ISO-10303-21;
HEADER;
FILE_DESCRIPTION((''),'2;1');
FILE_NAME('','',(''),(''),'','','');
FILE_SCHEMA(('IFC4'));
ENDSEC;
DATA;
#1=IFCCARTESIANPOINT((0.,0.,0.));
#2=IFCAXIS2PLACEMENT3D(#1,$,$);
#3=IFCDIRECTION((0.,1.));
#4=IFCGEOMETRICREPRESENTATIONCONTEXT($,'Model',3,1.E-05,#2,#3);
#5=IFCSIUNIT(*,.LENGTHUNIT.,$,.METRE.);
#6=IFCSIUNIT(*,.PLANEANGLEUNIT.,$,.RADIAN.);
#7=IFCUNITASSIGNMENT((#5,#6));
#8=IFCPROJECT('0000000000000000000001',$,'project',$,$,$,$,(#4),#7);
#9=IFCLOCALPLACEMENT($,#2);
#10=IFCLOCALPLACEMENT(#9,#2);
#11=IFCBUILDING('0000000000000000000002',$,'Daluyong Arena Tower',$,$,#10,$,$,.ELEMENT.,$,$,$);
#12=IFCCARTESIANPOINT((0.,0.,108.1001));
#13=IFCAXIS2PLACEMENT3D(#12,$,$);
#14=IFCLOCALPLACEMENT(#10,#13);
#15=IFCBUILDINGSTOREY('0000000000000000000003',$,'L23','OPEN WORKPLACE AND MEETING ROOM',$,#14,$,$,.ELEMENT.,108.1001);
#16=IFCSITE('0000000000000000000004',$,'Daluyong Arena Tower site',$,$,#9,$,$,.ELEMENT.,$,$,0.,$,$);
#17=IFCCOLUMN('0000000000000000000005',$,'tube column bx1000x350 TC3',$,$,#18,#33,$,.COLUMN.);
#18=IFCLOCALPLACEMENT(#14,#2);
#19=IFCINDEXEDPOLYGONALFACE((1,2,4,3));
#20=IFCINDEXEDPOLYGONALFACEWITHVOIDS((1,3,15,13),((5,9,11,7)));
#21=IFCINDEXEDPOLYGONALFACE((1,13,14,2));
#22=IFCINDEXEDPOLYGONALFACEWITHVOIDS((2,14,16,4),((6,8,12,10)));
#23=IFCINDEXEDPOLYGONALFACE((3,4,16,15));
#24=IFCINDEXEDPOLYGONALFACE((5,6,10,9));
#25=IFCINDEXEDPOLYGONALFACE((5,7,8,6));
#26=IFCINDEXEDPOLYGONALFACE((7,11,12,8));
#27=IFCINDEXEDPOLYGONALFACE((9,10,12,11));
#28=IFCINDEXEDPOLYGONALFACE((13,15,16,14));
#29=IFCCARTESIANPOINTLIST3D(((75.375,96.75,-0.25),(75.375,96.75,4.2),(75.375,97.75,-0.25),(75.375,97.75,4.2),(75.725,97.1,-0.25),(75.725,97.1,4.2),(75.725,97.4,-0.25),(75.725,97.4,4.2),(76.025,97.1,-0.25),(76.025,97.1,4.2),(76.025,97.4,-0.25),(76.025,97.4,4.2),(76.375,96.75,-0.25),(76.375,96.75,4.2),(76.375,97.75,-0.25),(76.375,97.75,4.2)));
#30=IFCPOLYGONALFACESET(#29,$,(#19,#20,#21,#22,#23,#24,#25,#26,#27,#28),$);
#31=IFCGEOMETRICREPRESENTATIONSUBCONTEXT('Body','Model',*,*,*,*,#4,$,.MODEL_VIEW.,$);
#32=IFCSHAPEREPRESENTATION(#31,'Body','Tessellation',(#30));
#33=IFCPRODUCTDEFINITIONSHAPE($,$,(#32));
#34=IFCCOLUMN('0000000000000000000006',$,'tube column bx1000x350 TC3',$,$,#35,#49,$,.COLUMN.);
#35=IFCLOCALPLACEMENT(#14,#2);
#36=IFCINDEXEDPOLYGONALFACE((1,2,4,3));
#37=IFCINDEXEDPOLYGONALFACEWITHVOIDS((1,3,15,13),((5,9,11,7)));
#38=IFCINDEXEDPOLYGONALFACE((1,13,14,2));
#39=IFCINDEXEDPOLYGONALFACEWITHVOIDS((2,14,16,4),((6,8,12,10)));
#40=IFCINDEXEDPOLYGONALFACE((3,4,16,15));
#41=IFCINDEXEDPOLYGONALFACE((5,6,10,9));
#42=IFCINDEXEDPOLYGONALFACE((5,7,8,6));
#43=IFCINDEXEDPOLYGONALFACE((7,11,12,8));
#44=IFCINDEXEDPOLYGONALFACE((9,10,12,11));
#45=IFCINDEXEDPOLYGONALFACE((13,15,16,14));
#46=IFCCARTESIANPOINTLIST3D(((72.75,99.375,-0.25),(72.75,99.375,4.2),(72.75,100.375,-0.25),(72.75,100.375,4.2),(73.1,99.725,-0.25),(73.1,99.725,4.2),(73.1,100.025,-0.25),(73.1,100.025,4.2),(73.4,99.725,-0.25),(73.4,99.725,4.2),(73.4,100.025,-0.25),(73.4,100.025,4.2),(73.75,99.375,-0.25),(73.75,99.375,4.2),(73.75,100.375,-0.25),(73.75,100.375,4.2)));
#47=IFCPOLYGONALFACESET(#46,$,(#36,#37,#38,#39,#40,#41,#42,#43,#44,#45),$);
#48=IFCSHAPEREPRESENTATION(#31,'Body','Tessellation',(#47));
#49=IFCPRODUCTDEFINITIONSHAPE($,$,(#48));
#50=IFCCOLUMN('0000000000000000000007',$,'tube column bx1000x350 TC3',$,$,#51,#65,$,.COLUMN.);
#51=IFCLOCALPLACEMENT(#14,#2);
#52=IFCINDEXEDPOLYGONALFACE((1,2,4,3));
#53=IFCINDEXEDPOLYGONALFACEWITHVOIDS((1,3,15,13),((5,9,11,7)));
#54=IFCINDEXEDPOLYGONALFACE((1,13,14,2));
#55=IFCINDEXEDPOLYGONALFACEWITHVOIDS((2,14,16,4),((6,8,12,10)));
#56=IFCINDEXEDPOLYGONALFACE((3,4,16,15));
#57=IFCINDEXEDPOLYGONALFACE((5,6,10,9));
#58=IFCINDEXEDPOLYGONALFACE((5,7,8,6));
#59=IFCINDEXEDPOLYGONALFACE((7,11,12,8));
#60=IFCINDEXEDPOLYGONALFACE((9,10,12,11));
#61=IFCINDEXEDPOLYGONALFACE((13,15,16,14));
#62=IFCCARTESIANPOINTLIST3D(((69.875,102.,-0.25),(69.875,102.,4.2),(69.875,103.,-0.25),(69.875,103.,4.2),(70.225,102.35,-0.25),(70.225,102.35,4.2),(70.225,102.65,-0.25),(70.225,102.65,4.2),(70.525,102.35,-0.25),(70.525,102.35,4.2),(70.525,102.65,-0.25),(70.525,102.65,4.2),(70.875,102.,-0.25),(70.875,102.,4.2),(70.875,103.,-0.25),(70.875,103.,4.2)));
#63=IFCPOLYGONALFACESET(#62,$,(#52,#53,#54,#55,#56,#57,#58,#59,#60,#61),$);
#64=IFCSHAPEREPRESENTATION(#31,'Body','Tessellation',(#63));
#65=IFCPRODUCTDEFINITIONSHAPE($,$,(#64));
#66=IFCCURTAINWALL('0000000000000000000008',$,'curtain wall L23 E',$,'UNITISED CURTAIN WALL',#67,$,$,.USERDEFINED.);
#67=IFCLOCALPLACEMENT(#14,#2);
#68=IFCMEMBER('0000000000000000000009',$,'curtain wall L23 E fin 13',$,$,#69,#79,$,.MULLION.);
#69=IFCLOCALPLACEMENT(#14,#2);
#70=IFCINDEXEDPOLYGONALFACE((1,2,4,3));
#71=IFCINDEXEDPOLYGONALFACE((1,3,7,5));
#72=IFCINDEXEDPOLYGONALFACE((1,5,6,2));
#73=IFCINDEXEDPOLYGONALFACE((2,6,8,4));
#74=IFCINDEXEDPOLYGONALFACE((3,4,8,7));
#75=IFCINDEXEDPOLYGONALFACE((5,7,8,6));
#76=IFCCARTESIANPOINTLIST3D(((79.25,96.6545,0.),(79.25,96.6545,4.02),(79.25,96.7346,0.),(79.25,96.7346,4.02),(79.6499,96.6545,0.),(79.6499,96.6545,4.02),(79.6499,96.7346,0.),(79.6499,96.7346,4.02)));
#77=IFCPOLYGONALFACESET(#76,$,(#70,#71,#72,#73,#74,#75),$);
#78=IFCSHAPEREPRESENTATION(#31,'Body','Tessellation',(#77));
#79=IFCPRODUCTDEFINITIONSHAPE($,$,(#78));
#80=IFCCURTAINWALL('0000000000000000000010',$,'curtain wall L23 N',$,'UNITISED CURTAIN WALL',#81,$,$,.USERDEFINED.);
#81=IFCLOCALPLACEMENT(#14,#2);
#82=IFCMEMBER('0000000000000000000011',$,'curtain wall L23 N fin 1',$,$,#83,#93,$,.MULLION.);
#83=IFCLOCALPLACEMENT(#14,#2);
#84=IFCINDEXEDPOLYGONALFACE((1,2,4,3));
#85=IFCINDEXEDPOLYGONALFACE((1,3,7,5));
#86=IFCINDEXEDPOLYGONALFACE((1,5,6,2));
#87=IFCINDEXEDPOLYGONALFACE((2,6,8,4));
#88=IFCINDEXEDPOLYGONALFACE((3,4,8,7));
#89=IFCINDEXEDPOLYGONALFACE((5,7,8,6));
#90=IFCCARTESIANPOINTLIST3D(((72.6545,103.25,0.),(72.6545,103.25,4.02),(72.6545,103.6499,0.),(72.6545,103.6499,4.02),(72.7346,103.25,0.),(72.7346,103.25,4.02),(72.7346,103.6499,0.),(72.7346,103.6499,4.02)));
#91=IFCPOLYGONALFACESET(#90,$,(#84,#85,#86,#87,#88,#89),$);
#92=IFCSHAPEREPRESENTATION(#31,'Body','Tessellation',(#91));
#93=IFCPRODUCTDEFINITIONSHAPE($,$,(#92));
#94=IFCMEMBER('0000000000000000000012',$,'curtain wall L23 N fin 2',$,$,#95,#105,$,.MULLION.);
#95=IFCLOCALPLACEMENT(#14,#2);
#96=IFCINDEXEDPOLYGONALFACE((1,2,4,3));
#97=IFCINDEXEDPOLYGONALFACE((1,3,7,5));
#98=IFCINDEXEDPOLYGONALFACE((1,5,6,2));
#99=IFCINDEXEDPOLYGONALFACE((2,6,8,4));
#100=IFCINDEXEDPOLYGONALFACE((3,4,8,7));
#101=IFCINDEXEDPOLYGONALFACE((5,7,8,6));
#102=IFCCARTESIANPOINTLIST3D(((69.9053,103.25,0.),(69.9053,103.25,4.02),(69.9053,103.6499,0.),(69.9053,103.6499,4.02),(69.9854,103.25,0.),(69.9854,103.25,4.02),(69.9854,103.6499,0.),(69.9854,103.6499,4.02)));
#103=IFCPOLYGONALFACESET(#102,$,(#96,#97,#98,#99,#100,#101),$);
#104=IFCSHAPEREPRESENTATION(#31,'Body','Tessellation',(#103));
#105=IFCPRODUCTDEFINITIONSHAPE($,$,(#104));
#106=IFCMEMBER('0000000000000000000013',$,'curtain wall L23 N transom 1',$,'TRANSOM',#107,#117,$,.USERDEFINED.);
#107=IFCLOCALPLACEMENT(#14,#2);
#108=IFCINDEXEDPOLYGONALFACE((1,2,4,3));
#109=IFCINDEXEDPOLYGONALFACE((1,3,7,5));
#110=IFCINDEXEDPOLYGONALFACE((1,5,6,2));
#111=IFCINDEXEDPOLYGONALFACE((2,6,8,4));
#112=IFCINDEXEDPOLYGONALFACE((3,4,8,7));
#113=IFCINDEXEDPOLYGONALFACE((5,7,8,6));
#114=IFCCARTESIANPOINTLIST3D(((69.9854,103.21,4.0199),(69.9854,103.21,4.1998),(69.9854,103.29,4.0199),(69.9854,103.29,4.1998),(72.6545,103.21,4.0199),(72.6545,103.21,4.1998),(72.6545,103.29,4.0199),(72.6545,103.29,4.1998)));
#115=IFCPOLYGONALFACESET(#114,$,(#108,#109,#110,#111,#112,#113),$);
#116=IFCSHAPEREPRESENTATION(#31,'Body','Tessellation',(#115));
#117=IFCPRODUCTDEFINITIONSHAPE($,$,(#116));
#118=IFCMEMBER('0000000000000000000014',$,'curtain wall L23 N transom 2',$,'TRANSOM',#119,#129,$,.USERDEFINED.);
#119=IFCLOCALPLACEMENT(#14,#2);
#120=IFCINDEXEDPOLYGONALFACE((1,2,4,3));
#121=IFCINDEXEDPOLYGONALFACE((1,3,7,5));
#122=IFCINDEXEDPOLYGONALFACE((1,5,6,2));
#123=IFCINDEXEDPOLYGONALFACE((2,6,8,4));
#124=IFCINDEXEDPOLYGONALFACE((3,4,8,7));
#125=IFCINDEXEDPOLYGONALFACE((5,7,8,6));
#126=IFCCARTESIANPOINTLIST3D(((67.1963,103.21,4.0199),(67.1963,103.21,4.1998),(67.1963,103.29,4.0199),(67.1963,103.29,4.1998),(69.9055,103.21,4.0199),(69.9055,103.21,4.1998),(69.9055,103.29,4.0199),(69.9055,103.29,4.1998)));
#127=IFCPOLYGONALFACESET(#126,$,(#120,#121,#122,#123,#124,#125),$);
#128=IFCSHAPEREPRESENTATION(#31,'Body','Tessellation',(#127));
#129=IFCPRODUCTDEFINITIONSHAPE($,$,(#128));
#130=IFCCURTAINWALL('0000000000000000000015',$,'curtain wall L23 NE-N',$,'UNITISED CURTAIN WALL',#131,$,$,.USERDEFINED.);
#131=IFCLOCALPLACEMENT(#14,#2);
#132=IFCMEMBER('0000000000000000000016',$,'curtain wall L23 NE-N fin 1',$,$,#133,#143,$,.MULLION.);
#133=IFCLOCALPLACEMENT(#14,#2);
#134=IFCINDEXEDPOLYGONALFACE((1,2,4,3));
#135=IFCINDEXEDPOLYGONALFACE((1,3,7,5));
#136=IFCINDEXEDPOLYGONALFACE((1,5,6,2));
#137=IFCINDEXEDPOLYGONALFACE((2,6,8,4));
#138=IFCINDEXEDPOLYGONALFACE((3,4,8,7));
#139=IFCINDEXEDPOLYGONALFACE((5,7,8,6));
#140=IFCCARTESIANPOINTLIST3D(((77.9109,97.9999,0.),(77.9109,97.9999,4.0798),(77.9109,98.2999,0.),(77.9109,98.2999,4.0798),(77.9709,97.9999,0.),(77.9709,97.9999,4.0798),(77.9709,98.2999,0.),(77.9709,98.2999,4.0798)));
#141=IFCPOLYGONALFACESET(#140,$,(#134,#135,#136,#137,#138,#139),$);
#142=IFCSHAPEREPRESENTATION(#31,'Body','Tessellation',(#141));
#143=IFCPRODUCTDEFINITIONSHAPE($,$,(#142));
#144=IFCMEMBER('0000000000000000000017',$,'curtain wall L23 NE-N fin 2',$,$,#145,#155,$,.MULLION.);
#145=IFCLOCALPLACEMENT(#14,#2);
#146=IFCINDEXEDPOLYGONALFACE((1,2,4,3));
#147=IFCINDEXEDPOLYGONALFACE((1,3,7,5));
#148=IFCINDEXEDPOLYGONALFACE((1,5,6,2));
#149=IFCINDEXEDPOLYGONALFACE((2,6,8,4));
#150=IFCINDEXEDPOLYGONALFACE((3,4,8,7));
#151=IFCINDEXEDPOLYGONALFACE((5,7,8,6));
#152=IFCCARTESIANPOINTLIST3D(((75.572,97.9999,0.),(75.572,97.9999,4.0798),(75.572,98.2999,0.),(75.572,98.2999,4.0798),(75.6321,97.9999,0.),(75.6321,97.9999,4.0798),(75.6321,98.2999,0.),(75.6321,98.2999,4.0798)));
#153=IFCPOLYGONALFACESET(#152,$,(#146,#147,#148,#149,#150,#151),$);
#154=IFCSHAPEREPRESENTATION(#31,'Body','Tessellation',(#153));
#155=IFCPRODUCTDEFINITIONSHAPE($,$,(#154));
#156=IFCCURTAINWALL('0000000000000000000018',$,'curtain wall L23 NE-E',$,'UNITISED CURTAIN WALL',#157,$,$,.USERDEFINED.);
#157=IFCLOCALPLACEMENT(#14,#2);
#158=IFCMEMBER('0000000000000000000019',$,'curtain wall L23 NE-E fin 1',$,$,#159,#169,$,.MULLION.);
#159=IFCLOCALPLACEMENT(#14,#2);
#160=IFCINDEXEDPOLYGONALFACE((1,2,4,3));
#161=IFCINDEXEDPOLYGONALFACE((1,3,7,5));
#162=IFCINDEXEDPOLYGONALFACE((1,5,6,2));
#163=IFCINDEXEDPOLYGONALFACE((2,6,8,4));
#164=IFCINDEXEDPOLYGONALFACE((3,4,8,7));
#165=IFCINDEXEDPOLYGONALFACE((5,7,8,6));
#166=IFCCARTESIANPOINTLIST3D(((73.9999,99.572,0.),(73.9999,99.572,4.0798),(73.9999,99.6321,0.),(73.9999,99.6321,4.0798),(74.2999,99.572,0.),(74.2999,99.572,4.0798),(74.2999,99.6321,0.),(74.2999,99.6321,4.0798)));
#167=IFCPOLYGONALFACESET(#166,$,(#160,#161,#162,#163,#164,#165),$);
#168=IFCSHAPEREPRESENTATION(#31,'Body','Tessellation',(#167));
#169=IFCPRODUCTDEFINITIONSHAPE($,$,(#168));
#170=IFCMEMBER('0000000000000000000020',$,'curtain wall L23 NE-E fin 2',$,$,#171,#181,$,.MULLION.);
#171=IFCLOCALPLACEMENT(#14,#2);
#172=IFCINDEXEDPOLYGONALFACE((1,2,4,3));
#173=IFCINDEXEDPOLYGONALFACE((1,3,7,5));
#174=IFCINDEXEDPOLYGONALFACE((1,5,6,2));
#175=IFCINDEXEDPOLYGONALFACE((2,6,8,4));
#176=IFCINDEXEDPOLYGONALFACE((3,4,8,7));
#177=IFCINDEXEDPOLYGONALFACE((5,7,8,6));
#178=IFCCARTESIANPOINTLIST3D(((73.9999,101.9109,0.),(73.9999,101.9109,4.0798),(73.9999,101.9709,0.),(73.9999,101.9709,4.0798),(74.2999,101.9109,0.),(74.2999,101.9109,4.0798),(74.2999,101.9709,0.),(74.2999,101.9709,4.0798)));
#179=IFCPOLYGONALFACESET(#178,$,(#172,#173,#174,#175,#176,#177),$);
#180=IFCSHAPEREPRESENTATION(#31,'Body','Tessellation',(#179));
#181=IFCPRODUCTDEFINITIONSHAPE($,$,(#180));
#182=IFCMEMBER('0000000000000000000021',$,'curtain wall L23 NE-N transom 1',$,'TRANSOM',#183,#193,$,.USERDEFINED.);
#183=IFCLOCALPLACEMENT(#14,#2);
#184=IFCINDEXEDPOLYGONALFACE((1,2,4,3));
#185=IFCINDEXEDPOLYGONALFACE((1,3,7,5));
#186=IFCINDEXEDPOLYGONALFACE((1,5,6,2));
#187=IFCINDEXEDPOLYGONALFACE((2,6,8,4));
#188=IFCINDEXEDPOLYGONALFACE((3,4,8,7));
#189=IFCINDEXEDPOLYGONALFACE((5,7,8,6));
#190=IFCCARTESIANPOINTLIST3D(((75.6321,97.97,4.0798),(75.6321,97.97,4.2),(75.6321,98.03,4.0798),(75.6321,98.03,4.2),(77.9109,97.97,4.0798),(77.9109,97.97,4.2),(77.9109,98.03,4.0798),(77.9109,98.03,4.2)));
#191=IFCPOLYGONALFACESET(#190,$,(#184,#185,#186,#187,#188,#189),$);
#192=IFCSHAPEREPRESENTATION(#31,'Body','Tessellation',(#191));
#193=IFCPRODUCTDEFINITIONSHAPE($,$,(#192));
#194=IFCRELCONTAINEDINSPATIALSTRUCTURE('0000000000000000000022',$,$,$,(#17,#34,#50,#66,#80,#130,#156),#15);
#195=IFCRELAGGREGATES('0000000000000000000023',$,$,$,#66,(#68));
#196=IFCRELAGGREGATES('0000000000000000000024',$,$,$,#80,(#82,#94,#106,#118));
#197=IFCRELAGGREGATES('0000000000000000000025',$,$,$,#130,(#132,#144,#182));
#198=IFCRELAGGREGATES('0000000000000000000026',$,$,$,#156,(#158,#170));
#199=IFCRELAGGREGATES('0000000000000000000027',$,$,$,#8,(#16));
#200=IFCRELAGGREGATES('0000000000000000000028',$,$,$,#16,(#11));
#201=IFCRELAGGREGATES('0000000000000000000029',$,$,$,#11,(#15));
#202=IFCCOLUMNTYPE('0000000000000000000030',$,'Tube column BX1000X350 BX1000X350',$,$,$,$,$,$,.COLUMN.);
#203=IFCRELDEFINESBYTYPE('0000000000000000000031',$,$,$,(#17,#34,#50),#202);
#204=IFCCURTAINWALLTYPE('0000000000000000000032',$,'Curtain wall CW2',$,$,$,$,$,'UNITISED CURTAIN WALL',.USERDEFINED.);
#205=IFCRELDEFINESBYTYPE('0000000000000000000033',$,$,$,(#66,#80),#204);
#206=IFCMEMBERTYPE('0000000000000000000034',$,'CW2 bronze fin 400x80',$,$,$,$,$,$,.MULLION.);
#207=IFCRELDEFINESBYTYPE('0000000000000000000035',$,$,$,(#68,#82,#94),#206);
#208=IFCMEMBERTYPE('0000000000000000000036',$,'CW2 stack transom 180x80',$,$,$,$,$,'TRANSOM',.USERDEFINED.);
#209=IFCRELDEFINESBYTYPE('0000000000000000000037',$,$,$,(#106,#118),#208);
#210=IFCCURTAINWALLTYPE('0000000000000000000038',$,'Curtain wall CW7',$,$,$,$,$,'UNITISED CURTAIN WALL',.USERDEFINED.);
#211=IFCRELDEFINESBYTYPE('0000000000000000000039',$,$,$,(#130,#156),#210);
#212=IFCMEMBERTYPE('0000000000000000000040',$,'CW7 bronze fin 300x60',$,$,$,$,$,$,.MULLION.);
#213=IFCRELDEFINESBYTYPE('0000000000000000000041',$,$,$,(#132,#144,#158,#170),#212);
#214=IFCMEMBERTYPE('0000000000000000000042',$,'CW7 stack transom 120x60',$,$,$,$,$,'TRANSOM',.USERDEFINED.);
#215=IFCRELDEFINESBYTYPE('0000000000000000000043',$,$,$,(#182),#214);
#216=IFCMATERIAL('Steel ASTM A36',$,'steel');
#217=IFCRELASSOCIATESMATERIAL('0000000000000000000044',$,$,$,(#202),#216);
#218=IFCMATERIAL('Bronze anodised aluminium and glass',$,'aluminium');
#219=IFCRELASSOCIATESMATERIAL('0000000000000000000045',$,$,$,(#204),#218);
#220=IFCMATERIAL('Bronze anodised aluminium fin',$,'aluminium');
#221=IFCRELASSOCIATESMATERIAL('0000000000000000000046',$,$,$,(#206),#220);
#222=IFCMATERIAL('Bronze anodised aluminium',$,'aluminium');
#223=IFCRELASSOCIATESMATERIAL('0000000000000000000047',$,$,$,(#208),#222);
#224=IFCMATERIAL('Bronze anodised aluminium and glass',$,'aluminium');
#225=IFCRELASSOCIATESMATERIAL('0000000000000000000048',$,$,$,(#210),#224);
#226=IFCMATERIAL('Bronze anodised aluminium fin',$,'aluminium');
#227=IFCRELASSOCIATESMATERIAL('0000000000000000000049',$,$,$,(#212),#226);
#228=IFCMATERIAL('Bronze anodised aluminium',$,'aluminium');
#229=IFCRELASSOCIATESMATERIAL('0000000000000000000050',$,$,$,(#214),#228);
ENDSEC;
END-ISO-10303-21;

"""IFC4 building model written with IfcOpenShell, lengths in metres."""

from ifc_helpers import new_model, si_unit, direction, frame, origin, origin_2d, place, context, subcontext, project, spatial, rectangle, hollow_rectangle, extrude, material, material_profile, profile_set, type_object, element, aggregate, save


model = new_model("IFC4")

# Units and contexts
model_context = context("Model", 3, precision=1e-05, world=origin(), true_north=direction((0.0, 1.0)))
body_context = subcontext(model_context, "Body", "Model", "MODEL_VIEW")
ifc_project = project(units=[si_unit("LENGTHUNIT", "METRE"), si_unit("PLANEANGLEUNIT", "RADIAN")], contexts=[model_context])

# Site, building, storey
site_placement = place(None, origin())
site = spatial("IfcSite", under=ifc_project, at=site_placement, Name="Daluyong Arena Tower site", CompositionType="ELEMENT", RefElevation=0.0)
building_placement = place(site_placement, origin())
building = spatial("IfcBuilding", under=site, at=building_placement, Name="Daluyong Arena Tower", CompositionType="ELEMENT")
storey_placement = place(building_placement, frame((0.0, 0.0, 108.1001)))
storey = spatial("IfcBuildingStorey", under=building, at=storey_placement, Name="L23", Description="OPEN WORKPLACE AND MEETING ROOM", CompositionType="ELEMENT", Elevation=108.1001)

# Columns
ifc_material_1 = material(Name="Steel ASTM A36", Category="steel")
ifc_material_profile_1 = material_profile(ifc_material_1, hollow_rectangle(XDim=1.0, YDim=1.0, WallThickness=0.35, at=origin_2d()))
ifc_profile_set_1 = profile_set([ifc_material_profile_1], Name="Steel ASTM A36")
column_type_1 = type_object("IfcColumnType", Name="Tube column BX1000X350 BX1000X350", PredefinedType="COLUMN", material=ifc_profile_set_1)
for number, where, z_axis, x_axis, name in (
    (1, (75.875, 97.25, -0.25), (0.0, 0.0, 1.0), (1.0, 0.0, 0.0), "tube column bx1000x350 TC3"),
    (2, (73.25, 99.875, -0.25), (0.0, 0.0, 1.0), (0.0, 1.0, 0.0), "tube column bx1000x350 TC3"),
    (3, (70.375, 102.5, -0.25), (0.0, 0.0, 1.0), (1.0, 0.0, 0.0), "tube column bx1000x350 TC3"),
):
    element("IfcColumn", number, at=place(storey_placement, frame(where, z_axis=z_axis, x_axis=x_axis)), inside=storey, type_object=column_type_1, Name=name, PredefinedType="COLUMN", context=body_context, shape_type="SweptSolid", body=[
        extrude(hollow_rectangle(XDim=1.0, YDim=1.0, WallThickness=0.35, at=origin_2d()), origin(), (0.0, 0.0, 1.0), 4.45),
    ])

# Curtain wall, member
ifc_material_2 = material(Name="Bronze anodised aluminium and glass", Category="aluminium")
curtain_wall_type_1 = type_object("IfcCurtainWallType", Name="Curtain wall CW2", ElementType="UNITISED CURTAIN WALL", PredefinedType="USERDEFINED", material=ifc_material_2)
curtain_wall_1_placement = place(storey_placement, origin())
curtain_wall_1 = element("IfcCurtainWall", 4, at=curtain_wall_1_placement, inside=storey, type_object=curtain_wall_type_1, Name="curtain wall L23 E", ObjectType="UNITISED CURTAIN WALL", PredefinedType="USERDEFINED")
ifc_material_3 = material(Name="Bronze anodised aluminium fin", Category="aluminium")
ifc_material_profile_2 = material_profile(ifc_material_3, rectangle(XDim=0.3999, YDim=0.0801, at=origin_2d()))
ifc_profile_set_2 = profile_set([ifc_material_profile_2], Name="Bronze anodised aluminium fin")
member_type_1 = type_object("IfcMemberType", Name="CW2 bronze fin 400x80", PredefinedType="MULLION", material=ifc_profile_set_2)
member_1_placement = place(storey_placement, frame((79.45, 96.6946, 0.0), z_axis=(0.0, 0.0, 1.0), x_axis=(-1.0, 0.0, 0.0)))
member_1 = element("IfcMember", 5, at=member_1_placement, type_object=member_type_1, Name="curtain wall L23 E fin 13", PredefinedType="MULLION", context=body_context, shape_type="SweptSolid", body=[
    extrude(rectangle(XDim=0.3999, YDim=0.0801, at=origin_2d()), origin(), (0.0, 0.0, 1.0), 4.02),
])
aggregate(curtain_wall_1, [member_1])

# Curtain walls, members
curtain_wall_2_placement = place(storey_placement, origin())
curtain_wall_2 = element("IfcCurtainWall", 6, at=curtain_wall_2_placement, inside=storey, type_object=curtain_wall_type_1, Name="curtain wall L23 N", ObjectType="UNITISED CURTAIN WALL", PredefinedType="USERDEFINED")
member_2_placement = place(storey_placement, frame((72.6946, 103.45, 0.0), z_axis=(0.0, 0.0, 1.0), x_axis=(0.0, -1.0, 0.0)))
member_2 = element("IfcMember", 7, at=member_2_placement, type_object=member_type_1, Name="curtain wall L23 N fin 1", PredefinedType="MULLION", context=body_context, shape_type="SweptSolid", body=[
    extrude(rectangle(XDim=0.3999, YDim=0.0801, at=origin_2d()), origin(), (0.0, 0.0, 1.0), 4.02),
])
member_3_placement = place(storey_placement, frame((69.9453, 103.45, 0.0), z_axis=(0.0, 0.0, 1.0), x_axis=(0.0, -1.0, 0.0)))
member_3 = element("IfcMember", 8, at=member_3_placement, type_object=member_type_1, Name="curtain wall L23 N fin 2", PredefinedType="MULLION", context=body_context, shape_type="SweptSolid", body=[
    extrude(rectangle(XDim=0.3999, YDim=0.0801, at=origin_2d()), origin(), (0.0, 0.0, 1.0), 4.02),
])
ifc_material_4 = material(Name="Bronze anodised aluminium", Category="aluminium")
ifc_material_profile_3 = material_profile(ifc_material_4, rectangle(XDim=0.0801, YDim=0.1799, at=origin_2d()))
ifc_profile_set_3 = profile_set([ifc_material_profile_3], Name="Bronze anodised aluminium")
member_type_2 = type_object("IfcMemberType", Name="CW2 stack transom 180x80", ElementType="TRANSOM", PredefinedType="USERDEFINED", material=ifc_profile_set_3)
member_4_placement = place(storey_placement, frame((72.6545, 103.25, 4.1099), z_axis=(-1.0, 0.0, 0.0), x_axis=(0.0, -1.0, 0.0)))
member_4 = element("IfcMember", 9, at=member_4_placement, type_object=member_type_2, Name="curtain wall L23 N transom 1", ObjectType="TRANSOM", PredefinedType="USERDEFINED", context=body_context, shape_type="SweptSolid", body=[
    extrude(rectangle(XDim=0.0801, YDim=0.1799, at=origin_2d()), origin(), (0.0, 0.0, 1.0), 2.6692),
])
member_5_placement = place(storey_placement, frame((69.9055, 103.25, 4.1099), z_axis=(-1.0, 0.0, 0.0), x_axis=(0.0, -1.0, 0.0)))
member_5 = element("IfcMember", 10, at=member_5_placement, type_object=member_type_2, Name="curtain wall L23 N transom 2", ObjectType="TRANSOM", PredefinedType="USERDEFINED", context=body_context, shape_type="SweptSolid", body=[
    extrude(rectangle(XDim=0.0801, YDim=0.1799, at=origin_2d()), origin(), (0.0, 0.0, 1.0), 2.7092),
])
ifc_material_5 = material(Name="Bronze anodised aluminium and glass", Category="aluminium")
curtain_wall_type_2 = type_object("IfcCurtainWallType", Name="Curtain wall CW7", ElementType="UNITISED CURTAIN WALL", PredefinedType="USERDEFINED", material=ifc_material_5)
curtain_wall_3_placement = place(storey_placement, origin())
curtain_wall_3 = element("IfcCurtainWall", 11, at=curtain_wall_3_placement, inside=storey, type_object=curtain_wall_type_2, Name="curtain wall L23 NE-N", ObjectType="UNITISED CURTAIN WALL", PredefinedType="USERDEFINED")
ifc_material_6 = material(Name="Bronze anodised aluminium fin", Category="aluminium")
ifc_material_profile_4 = material_profile(ifc_material_6, rectangle(XDim=0.3, YDim=0.0601, at=origin_2d()))
ifc_profile_set_4 = profile_set([ifc_material_profile_4], Name="Bronze anodised aluminium fin")
member_type_3 = type_object("IfcMemberType", Name="CW7 bronze fin 300x60", PredefinedType="MULLION", material=ifc_profile_set_4)
member_6_placement = place(storey_placement, frame((77.9409, 98.1499, 0.0), z_axis=(0.0, 0.0, 1.0), x_axis=(0.0, -1.0, 0.0)))
member_6 = element("IfcMember", 12, at=member_6_placement, type_object=member_type_3, Name="curtain wall L23 NE-N fin 1", PredefinedType="MULLION", context=body_context, shape_type="SweptSolid", body=[
    extrude(rectangle(XDim=0.3, YDim=0.0601, at=origin_2d()), origin(), (0.0, 0.0, 1.0), 4.0798),
])
member_7_placement = place(storey_placement, frame((75.6021, 98.1499, 0.0), z_axis=(0.0, 0.0, 1.0), x_axis=(0.0, -1.0, 0.0)))
member_7 = element("IfcMember", 13, at=member_7_placement, type_object=member_type_3, Name="curtain wall L23 NE-N fin 2", PredefinedType="MULLION", context=body_context, shape_type="SweptSolid", body=[
    extrude(rectangle(XDim=0.3, YDim=0.0601, at=origin_2d()), origin(), (0.0, 0.0, 1.0), 4.0798),
])
curtain_wall_4_placement = place(storey_placement, origin())
curtain_wall_4 = element("IfcCurtainWall", 14, at=curtain_wall_4_placement, inside=storey, type_object=curtain_wall_type_2, Name="curtain wall L23 NE-E", ObjectType="UNITISED CURTAIN WALL", PredefinedType="USERDEFINED")
member_8_placement = place(storey_placement, frame((74.1499, 99.6021, 0.0), z_axis=(0.0, 0.0, 1.0), x_axis=(-1.0, 0.0, 0.0)))
member_8 = element("IfcMember", 15, at=member_8_placement, type_object=member_type_3, Name="curtain wall L23 NE-E fin 1", PredefinedType="MULLION", context=body_context, shape_type="SweptSolid", body=[
    extrude(rectangle(XDim=0.3, YDim=0.0601, at=origin_2d()), origin(), (0.0, 0.0, 1.0), 4.0798),
])
member_9_placement = place(storey_placement, frame((74.1499, 101.9409, 0.0), z_axis=(0.0, 0.0, 1.0), x_axis=(-1.0, 0.0, 0.0)))
member_9 = element("IfcMember", 16, at=member_9_placement, type_object=member_type_3, Name="curtain wall L23 NE-E fin 2", PredefinedType="MULLION", context=body_context, shape_type="SweptSolid", body=[
    extrude(rectangle(XDim=0.3, YDim=0.0601, at=origin_2d()), origin(), (0.0, 0.0, 1.0), 4.0798),
])

# Member
ifc_material_7 = material(Name="Bronze anodised aluminium", Category="aluminium")
ifc_material_profile_5 = material_profile(ifc_material_7, rectangle(XDim=0.0601, YDim=0.1201, at=origin_2d()))
ifc_profile_set_5 = profile_set([ifc_material_profile_5], Name="Bronze anodised aluminium")
member_type_4 = type_object("IfcMemberType", Name="CW7 stack transom 120x60", ElementType="TRANSOM", PredefinedType="USERDEFINED", material=ifc_profile_set_5)
member_10_placement = place(storey_placement, frame((77.9109, 98.0, 4.1399), z_axis=(-1.0, 0.0, 0.0), x_axis=(0.0, -1.0, 0.0)))
member_10 = element("IfcMember", 17, at=member_10_placement, type_object=member_type_4, Name="curtain wall L23 NE-N transom 1", ObjectType="TRANSOM", PredefinedType="USERDEFINED", context=body_context, shape_type="SweptSolid", body=[
    extrude(rectangle(XDim=0.0601, YDim=0.1201, at=origin_2d()), origin(), (0.0, 0.0, 1.0), 2.2788),
])

aggregate(curtain_wall_2, [member_2, member_3, member_4, member_5])
aggregate(curtain_wall_3, [member_6, member_7, member_10])
aggregate(curtain_wall_4, [member_8, member_9])

save(model, "model.ifc")
